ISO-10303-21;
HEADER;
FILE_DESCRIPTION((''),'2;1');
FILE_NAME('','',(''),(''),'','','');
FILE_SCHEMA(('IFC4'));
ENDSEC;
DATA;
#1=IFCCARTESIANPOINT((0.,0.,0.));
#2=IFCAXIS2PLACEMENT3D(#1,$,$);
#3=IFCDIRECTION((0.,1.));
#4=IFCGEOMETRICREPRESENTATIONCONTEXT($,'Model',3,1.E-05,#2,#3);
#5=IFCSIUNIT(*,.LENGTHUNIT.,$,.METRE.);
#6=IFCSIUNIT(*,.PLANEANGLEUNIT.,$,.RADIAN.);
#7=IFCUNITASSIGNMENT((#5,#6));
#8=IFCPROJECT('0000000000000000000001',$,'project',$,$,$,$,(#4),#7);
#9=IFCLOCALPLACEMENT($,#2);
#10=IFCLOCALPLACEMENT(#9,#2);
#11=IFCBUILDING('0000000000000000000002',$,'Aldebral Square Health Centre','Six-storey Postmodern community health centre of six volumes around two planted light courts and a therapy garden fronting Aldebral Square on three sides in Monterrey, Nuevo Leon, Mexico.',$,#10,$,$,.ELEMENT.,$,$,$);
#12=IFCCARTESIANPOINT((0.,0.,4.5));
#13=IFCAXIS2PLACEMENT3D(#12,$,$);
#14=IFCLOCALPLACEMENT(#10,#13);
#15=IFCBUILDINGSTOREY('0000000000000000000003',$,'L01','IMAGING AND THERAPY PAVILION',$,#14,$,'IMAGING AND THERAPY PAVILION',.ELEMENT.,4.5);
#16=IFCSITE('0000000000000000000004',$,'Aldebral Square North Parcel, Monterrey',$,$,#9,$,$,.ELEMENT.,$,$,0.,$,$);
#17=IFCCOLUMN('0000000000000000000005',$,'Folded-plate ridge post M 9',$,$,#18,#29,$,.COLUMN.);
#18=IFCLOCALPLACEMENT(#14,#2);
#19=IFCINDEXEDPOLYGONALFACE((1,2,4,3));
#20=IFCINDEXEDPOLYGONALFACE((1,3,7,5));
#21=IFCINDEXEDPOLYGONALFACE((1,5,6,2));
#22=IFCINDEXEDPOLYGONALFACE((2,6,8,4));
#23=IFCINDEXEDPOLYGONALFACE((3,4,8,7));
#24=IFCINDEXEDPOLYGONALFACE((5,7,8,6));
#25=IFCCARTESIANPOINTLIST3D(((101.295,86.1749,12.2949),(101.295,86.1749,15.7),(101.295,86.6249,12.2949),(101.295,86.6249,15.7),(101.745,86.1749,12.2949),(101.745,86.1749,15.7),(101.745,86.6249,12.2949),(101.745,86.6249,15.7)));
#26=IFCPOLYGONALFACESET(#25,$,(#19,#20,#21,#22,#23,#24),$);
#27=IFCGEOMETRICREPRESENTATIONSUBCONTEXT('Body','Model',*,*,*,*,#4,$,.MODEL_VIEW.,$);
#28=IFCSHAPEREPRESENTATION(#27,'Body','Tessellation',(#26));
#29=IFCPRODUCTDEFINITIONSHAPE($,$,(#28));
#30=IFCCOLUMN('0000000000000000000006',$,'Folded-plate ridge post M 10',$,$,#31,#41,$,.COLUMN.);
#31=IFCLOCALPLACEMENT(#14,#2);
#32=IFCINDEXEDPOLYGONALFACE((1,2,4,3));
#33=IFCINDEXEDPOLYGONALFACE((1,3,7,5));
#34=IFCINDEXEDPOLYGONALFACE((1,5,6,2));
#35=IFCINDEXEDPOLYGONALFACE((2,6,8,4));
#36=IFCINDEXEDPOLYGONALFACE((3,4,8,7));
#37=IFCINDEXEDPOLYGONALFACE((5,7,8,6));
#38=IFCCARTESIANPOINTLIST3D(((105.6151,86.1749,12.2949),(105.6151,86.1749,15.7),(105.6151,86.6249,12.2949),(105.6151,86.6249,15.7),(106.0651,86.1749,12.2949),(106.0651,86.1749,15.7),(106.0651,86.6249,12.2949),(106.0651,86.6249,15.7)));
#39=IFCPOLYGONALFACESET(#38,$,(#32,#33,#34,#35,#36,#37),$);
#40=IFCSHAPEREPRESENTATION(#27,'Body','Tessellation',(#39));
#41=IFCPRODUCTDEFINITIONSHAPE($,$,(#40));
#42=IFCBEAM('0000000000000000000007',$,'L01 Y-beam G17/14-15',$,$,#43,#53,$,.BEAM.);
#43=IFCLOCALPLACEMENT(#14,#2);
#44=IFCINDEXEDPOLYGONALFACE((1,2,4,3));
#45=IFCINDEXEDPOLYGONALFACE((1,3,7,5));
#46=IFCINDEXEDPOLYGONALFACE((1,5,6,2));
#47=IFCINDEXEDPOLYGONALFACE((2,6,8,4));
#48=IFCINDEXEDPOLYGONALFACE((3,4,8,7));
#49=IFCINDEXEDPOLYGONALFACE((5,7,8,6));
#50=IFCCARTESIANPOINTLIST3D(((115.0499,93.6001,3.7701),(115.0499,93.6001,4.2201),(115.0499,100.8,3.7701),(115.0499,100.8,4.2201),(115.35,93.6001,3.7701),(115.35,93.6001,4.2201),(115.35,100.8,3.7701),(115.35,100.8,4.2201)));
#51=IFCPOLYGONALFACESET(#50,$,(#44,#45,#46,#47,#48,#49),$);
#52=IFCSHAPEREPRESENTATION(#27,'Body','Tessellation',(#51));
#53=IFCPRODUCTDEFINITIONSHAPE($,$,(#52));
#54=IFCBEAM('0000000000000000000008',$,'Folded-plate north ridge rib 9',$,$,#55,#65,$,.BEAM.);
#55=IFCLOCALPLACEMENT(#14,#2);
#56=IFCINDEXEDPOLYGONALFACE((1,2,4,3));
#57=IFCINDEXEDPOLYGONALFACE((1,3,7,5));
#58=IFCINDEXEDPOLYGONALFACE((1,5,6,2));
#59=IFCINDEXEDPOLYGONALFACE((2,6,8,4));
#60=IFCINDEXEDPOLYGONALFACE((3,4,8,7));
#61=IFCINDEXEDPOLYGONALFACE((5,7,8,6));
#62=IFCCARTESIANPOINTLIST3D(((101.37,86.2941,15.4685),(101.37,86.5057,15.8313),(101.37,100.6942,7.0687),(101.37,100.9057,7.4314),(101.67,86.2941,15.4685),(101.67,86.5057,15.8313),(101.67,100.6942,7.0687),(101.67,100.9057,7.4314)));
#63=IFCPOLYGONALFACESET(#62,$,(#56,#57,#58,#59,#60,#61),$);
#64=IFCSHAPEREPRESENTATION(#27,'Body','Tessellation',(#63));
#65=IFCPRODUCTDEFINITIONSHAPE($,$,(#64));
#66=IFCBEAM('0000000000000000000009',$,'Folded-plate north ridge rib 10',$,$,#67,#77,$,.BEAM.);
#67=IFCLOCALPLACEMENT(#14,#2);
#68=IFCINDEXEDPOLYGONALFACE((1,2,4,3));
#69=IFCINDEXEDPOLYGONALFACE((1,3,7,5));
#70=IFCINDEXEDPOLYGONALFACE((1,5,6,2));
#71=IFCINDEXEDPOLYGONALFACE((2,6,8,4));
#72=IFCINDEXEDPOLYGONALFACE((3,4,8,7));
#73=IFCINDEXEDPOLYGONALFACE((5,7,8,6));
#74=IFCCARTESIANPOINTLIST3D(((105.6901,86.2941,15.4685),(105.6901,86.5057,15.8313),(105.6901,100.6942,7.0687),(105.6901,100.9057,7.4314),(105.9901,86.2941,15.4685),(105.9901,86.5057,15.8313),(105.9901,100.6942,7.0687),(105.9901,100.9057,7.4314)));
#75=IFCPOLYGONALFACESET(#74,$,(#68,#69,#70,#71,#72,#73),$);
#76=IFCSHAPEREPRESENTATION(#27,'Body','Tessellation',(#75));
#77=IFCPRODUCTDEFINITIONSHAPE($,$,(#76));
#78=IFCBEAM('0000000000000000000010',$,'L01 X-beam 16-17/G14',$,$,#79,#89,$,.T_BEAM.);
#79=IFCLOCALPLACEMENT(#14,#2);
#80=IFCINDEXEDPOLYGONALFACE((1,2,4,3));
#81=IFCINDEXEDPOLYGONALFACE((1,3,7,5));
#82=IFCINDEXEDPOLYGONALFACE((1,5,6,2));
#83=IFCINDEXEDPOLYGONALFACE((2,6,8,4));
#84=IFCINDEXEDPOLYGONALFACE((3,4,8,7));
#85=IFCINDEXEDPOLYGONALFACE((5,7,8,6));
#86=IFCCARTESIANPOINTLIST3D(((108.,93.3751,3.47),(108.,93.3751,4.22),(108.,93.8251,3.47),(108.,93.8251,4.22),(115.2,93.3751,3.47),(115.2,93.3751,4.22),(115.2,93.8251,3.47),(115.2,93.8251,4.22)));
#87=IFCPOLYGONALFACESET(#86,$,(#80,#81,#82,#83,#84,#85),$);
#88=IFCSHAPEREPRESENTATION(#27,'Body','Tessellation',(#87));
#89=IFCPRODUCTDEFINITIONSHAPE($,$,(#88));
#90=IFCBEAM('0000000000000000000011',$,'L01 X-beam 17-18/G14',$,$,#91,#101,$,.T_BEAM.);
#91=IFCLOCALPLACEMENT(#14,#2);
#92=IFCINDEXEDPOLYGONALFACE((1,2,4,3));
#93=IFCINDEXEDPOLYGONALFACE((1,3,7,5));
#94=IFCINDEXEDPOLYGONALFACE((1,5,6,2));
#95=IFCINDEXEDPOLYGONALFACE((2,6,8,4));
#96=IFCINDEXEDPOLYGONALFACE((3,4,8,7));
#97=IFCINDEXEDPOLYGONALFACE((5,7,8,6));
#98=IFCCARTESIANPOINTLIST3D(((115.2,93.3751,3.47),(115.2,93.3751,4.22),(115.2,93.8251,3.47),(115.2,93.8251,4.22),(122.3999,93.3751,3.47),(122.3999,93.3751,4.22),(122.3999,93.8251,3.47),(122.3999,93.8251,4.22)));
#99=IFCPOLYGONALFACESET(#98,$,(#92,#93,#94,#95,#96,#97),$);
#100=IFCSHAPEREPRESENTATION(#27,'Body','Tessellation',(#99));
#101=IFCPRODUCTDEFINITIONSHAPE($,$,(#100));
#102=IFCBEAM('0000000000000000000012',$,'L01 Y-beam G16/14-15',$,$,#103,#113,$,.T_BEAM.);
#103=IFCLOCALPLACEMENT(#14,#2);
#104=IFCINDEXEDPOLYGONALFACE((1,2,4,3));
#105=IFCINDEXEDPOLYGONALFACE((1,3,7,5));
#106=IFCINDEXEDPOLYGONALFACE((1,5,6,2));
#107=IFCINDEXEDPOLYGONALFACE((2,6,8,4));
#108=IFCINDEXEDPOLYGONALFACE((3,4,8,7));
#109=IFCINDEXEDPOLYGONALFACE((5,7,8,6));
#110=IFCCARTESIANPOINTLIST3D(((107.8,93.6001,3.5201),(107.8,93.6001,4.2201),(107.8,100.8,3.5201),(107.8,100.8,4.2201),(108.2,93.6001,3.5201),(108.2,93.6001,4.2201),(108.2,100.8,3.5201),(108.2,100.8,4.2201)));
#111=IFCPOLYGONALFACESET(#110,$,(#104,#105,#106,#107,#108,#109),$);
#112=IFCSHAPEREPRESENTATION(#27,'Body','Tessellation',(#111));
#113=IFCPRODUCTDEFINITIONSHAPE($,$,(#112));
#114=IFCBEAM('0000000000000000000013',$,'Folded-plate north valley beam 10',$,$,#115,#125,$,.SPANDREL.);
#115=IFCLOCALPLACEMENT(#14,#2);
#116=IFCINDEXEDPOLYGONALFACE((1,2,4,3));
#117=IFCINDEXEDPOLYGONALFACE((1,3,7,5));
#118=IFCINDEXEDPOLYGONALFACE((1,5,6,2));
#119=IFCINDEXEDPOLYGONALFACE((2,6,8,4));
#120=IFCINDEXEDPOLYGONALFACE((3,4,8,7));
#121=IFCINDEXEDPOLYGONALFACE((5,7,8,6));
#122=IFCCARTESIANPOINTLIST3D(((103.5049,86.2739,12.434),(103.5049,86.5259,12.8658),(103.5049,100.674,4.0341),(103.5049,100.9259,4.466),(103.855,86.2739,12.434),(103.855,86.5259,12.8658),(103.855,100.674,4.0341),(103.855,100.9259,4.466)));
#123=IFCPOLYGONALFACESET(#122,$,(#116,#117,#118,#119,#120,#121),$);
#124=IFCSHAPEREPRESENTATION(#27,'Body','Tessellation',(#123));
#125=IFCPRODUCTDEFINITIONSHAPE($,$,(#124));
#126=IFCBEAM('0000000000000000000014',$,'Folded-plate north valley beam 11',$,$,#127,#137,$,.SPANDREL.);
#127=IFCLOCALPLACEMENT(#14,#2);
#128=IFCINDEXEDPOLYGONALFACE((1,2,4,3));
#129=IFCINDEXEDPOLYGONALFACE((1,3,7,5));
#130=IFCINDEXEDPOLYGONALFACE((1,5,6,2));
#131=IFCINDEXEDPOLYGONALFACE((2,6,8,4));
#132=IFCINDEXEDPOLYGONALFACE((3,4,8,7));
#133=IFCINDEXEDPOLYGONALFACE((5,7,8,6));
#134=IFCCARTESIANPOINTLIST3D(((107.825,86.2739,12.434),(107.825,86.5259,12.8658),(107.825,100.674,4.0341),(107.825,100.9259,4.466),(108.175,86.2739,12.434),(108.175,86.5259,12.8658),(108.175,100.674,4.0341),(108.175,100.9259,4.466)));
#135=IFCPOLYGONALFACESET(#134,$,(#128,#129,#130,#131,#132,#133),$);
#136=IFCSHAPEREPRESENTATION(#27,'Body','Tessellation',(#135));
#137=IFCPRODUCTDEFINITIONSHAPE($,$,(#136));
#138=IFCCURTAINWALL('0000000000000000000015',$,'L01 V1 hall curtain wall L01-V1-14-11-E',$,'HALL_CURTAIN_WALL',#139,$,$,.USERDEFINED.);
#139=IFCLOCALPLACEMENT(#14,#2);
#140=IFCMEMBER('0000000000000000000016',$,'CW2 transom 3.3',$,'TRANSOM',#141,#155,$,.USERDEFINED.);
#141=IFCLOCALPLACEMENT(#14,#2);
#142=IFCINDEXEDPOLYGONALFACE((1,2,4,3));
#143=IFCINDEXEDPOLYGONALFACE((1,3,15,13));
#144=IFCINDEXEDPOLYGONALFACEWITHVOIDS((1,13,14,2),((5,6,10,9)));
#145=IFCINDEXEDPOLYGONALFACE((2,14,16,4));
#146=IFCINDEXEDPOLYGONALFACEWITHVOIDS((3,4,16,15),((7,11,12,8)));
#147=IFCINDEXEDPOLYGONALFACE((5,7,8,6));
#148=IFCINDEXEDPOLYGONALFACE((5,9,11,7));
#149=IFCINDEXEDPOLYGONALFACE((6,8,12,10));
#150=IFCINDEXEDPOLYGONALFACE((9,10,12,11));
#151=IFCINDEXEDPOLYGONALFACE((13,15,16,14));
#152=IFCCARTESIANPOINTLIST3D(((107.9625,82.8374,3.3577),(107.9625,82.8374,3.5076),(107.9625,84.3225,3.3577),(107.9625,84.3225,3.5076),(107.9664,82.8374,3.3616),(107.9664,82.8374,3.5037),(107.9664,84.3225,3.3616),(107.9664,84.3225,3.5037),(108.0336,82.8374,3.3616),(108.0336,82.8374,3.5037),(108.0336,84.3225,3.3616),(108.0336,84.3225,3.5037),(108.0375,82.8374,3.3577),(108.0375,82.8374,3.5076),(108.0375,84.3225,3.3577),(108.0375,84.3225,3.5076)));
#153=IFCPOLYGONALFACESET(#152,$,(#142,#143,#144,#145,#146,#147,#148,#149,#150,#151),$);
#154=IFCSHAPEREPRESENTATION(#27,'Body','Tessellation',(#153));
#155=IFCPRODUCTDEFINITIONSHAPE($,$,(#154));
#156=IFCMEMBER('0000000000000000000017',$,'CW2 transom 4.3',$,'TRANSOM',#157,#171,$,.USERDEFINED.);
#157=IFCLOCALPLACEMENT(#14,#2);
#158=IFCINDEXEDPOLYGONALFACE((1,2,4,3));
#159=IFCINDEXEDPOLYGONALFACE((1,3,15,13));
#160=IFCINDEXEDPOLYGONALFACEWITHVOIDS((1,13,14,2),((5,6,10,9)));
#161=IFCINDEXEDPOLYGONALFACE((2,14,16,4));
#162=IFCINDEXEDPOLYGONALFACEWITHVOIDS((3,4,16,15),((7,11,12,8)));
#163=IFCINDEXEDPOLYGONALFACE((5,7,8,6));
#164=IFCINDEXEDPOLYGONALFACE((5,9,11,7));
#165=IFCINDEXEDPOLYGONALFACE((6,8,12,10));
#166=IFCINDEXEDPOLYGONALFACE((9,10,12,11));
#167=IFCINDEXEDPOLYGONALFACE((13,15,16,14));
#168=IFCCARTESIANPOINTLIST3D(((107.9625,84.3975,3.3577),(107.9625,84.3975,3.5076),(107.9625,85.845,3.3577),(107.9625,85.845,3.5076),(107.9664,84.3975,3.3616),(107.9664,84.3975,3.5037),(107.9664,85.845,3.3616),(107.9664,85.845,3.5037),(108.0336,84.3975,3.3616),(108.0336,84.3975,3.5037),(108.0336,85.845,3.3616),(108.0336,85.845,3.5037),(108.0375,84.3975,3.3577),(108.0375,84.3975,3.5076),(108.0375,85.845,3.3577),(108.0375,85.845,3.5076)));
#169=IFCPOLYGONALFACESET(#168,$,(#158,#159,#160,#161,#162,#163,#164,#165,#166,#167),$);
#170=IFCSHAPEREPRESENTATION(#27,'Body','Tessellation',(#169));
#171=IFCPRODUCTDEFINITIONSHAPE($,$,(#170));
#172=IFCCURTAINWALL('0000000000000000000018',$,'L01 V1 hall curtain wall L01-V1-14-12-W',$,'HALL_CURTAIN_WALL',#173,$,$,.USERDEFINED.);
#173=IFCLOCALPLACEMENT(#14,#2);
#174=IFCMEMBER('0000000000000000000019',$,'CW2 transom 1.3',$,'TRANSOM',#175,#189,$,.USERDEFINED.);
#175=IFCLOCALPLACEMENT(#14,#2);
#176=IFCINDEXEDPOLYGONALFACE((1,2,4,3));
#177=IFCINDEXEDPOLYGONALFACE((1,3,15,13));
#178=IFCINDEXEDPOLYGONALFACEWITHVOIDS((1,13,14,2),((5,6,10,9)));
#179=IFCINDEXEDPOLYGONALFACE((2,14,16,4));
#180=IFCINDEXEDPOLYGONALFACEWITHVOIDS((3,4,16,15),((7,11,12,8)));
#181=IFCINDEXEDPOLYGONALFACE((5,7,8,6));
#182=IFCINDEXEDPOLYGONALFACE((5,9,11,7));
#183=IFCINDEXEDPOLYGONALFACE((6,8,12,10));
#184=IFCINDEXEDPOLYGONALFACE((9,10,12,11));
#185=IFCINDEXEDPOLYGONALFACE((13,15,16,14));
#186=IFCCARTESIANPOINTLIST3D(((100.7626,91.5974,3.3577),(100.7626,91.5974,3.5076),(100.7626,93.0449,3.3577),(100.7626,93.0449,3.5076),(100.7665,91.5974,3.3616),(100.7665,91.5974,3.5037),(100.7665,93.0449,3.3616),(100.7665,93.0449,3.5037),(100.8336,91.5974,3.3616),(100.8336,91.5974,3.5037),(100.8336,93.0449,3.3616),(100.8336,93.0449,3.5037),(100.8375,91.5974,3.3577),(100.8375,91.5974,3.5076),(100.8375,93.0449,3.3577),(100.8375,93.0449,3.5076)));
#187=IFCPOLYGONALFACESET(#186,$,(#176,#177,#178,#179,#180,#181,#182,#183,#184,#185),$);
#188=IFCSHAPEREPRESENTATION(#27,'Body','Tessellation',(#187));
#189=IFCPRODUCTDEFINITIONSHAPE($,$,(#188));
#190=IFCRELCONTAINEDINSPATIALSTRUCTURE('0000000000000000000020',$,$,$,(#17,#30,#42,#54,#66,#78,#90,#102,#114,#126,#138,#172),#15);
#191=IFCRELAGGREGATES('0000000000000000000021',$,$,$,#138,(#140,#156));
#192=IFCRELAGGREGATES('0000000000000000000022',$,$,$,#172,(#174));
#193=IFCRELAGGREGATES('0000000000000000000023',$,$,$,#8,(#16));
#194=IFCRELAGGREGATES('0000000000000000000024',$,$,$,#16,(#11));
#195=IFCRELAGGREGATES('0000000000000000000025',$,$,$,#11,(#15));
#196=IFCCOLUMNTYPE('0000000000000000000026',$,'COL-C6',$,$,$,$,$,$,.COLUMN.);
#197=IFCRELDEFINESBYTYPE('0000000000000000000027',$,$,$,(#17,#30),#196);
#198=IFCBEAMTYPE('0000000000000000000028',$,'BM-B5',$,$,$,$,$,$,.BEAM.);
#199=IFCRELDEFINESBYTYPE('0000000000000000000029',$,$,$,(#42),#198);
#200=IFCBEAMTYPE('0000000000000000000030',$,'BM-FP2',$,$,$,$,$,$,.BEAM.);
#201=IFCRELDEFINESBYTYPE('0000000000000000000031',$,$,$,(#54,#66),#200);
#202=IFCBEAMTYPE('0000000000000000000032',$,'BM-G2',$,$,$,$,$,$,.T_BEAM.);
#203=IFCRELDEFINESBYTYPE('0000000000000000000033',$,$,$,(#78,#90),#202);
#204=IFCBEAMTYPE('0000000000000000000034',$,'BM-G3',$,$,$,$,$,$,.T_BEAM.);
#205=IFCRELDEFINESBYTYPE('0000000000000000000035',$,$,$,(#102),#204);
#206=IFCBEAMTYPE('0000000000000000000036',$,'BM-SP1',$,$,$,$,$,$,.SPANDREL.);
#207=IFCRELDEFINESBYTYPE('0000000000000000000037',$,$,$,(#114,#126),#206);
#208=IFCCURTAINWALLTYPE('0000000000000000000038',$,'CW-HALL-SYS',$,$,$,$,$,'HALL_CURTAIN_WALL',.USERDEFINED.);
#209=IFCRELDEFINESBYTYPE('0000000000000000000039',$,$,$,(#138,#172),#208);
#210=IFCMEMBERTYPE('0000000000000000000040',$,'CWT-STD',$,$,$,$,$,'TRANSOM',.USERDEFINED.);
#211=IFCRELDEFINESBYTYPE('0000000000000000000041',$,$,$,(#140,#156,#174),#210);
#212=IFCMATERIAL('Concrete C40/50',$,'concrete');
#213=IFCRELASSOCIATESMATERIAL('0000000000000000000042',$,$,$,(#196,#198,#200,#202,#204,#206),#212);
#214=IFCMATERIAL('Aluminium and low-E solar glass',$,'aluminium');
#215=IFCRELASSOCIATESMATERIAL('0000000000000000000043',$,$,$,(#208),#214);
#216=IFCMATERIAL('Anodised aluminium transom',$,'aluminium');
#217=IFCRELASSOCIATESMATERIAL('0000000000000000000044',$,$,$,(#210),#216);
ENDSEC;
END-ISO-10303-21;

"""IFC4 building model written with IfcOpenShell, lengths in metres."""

from ifc_helpers import new_model, si_unit, direction, frame, origin, origin_2d, place, context, subcontext, project, spatial, rectangle, hollow_rectangle, extrude, material, material_profile, profile_set, type_object, element, aggregate, save


model = new_model("IFC4")

# Units and contexts
model_context = context("Model", 3, precision=1e-05, world=origin(), true_north=direction((0.0, 1.0)))
body_context = subcontext(model_context, "Body", "Model", "MODEL_VIEW")
ifc_project = project(units=[si_unit("LENGTHUNIT", "METRE"), si_unit("PLANEANGLEUNIT", "RADIAN")], contexts=[model_context])

# Site, building, storey
site_placement = place(None, origin())
site = spatial("IfcSite", under=ifc_project, at=site_placement, Name="Aldebral Square North Parcel, Monterrey", CompositionType="ELEMENT", RefElevation=0.0)
building_placement = place(site_placement, origin())
building = spatial("IfcBuilding", under=site, at=building_placement, Name="Aldebral Square Health Centre", Description="Six-storey Postmodern community health centre of six volumes around two planted light courts and a therapy garden fronting Aldebral Square on three sides in Monterrey, Nuevo Leon, Mexico.", CompositionType="ELEMENT")
storey_placement = place(building_placement, frame((0.0, 0.0, 4.5)))
storey = spatial("IfcBuildingStorey", under=building, at=storey_placement, Name="L01", Description="IMAGING AND THERAPY PAVILION", LongName="IMAGING AND THERAPY PAVILION", CompositionType="ELEMENT", Elevation=4.5)

# Columns
ifc_material_1 = material(Name="Concrete C40/50", Category="concrete")
ifc_material_profile_1 = material_profile(ifc_material_1, rectangle(XDim=0.45, YDim=0.45, at=origin_2d()), Name="RC 450x450")
ifc_profile_set_1 = profile_set([ifc_material_profile_1], Name="Concrete C40/50")
column_type = type_object("IfcColumnType", Name="COL-C6", PredefinedType="COLUMN", material=ifc_profile_set_1)
for number, where, z_axis, x_axis, name in (
    (1, (101.52, 86.3999, 12.2949), (0.0, 0.0, 1.0), (1.0, 0.0, 0.0), "Folded-plate ridge post M 9"),
    (2, (105.8401, 86.3999, 12.2949), (0.0, 0.0, 1.0), (1.0, 0.0, 0.0), "Folded-plate ridge post M 10"),
):
    element("IfcColumn", number, at=place(storey_placement, frame(where, z_axis=z_axis, x_axis=x_axis)), inside=storey, type_object=column_type, Name=name, PredefinedType="COLUMN", context=body_context, shape_type="SweptSolid", body=[
        extrude(rectangle(XDim=0.45, YDim=0.45, at=origin_2d()), origin(), (0.0, 0.0, 1.0), 3.405),
    ])

# Beams
ifc_material_profile_2 = material_profile(ifc_material_1, rectangle(XDim=0.3, YDim=0.45, at=origin_2d()), Name="RC 300x450")
ifc_profile_set_2 = profile_set([ifc_material_profile_2], Name="Concrete C40/50")
beam_type_1 = type_object("IfcBeamType", Name="BM-B5", PredefinedType="BEAM", material=ifc_profile_set_2)
beam_1_placement = place(storey_placement, frame((115.2, 93.6001, 3.9951), z_axis=(0.0, 1.0, 0.0), x_axis=(-1.0, 0.0, 0.0)))
element("IfcBeam", 3, at=beam_1_placement, inside=storey, type_object=beam_type_1, Name="L01 Y-beam G17/14-15", PredefinedType="BEAM", context=body_context, shape_type="SweptSolid", body=[
    extrude(rectangle(XDim=0.3, YDim=0.45, at=origin_2d()), origin(), (0.0, 0.0, 1.0), 7.2),
])
ifc_material_profile_3 = material_profile(ifc_material_1, rectangle(XDim=0.3, YDim=0.4199, at=origin_2d()), Name="RC 300x420")
ifc_profile_set_3 = profile_set([ifc_material_profile_3], Name="Concrete C40/50")
beam_type_2 = type_object("IfcBeamType", Name="BM-FP2", PredefinedType="BEAM", material=ifc_profile_set_3)
for number, where, z_axis, x_axis, name in (
    (4, (101.52, 86.3999, 15.6499), (0.0, 0.863784, -0.503863), (-1.0, 0.0, 0.0), "Folded-plate north ridge rib 9"),
    (5, (105.8401, 86.3999, 15.6499), (0.0, 0.863784, -0.503863), (-1.0, 0.0, 0.0), "Folded-plate north ridge rib 10"),
):
    element("IfcBeam", number, at=place(storey_placement, frame(where, z_axis=z_axis, x_axis=x_axis)), inside=storey, type_object=beam_type_2, Name=name, PredefinedType="BEAM", context=body_context, shape_type="SweptSolid", body=[
        extrude(rectangle(XDim=0.3, YDim=0.4199, at=origin_2d()), origin(), (0.0, 0.0, 1.0), 16.6709),
    ])
ifc_material_profile_4 = material_profile(ifc_material_1, rectangle(XDim=0.45, YDim=0.75, at=origin_2d()), Name="RC 450x750")
ifc_profile_set_4 = profile_set([ifc_material_profile_4], Name="Concrete C40/50")
beam_type_3 = type_object("IfcBeamType", Name="BM-G2", PredefinedType="T_BEAM", material=ifc_profile_set_4)
for number, where, z_axis, x_axis, name in (
    (6, (108.0, 93.6001, 3.845), (1.0, 0.0, 0.0), (0.0, 1.0, 0.0), "L01 X-beam 16-17/G14"),
    (7, (115.2, 93.6001, 3.845), (1.0, 0.0, 0.0), (0.0, 1.0, 0.0), "L01 X-beam 17-18/G14"),
):
    element("IfcBeam", number, at=place(storey_placement, frame(where, z_axis=z_axis, x_axis=x_axis)), inside=storey, type_object=beam_type_3, Name=name, PredefinedType="T_BEAM", context=body_context, shape_type="SweptSolid", body=[
        extrude(rectangle(XDim=0.45, YDim=0.75, at=origin_2d()), origin(), (0.0, 0.0, 1.0), 7.2),
    ])
ifc_material_profile_5 = material_profile(ifc_material_1, rectangle(XDim=0.3999, YDim=0.7, at=origin_2d()), Name="RC 400x700")
ifc_profile_set_5 = profile_set([ifc_material_profile_5], Name="Concrete C40/50")
beam_type_4 = type_object("IfcBeamType", Name="BM-G3", PredefinedType="T_BEAM", material=ifc_profile_set_5)
beam_2_placement = place(storey_placement, frame((108.0, 93.6001, 3.8701), z_axis=(0.0, 1.0, 0.0), x_axis=(-1.0, 0.0, 0.0)))
element("IfcBeam", 8, at=beam_2_placement, inside=storey, type_object=beam_type_4, Name="L01 Y-beam G16/14-15", PredefinedType="T_BEAM", context=body_context, shape_type="SweptSolid", body=[
    extrude(rectangle(XDim=0.3999, YDim=0.7, at=origin_2d()), origin(), (0.0, 0.0, 1.0), 7.2),
])
ifc_material_profile_6 = material_profile(ifc_material_1, rectangle(XDim=0.3501, YDim=0.5, at=origin_2d()), Name="RC 350x500")
ifc_profile_set_6 = profile_set([ifc_material_profile_6], Name="Concrete C40/50")
beam_type_5 = type_object("IfcBeamType", Name="BM-SP1", PredefinedType="SPANDREL", material=ifc_profile_set_6)
for number, where, z_axis, x_axis, name in (
    (9, (103.6799, 86.3999, 12.6499), (0.0, 0.863784, -0.503863), (-1.0, 0.0, 0.0), "Folded-plate north valley beam 10"),
    (10, (108.0, 86.3999, 12.6499), (0.0, 0.863784, -0.503863), (-1.0, 0.0, 0.0), "Folded-plate north valley beam 11"),
):
    element("IfcBeam", number, at=place(storey_placement, frame(where, z_axis=z_axis, x_axis=x_axis)), inside=storey, type_object=beam_type_5, Name=name, PredefinedType="SPANDREL", context=body_context, shape_type="SweptSolid", body=[
        extrude(rectangle(XDim=0.3501, YDim=0.5, at=origin_2d()), origin(), (0.0, 0.0, 1.0), 16.6709),
    ])

# Curtain wall, members
ifc_material_2 = material(Name="Aluminium and low-E solar glass", Category="aluminium")
curtain_wall_type = type_object("IfcCurtainWallType", Name="CW-HALL-SYS", ElementType="HALL_CURTAIN_WALL", PredefinedType="USERDEFINED", material=ifc_material_2)
curtain_wall_1_placement = place(storey_placement, origin())
curtain_wall_1 = element("IfcCurtainWall", 11, at=curtain_wall_1_placement, inside=storey, type_object=curtain_wall_type, Name="L01 V1 hall curtain wall L01-V1-14-11-E", ObjectType="HALL_CURTAIN_WALL", PredefinedType="USERDEFINED")
ifc_material_3 = material(Name="Anodised aluminium transom", Category="aluminium")
ifc_material_profile_7 = material_profile(ifc_material_3, hollow_rectangle(XDim=0.075, YDim=0.1499, WallThickness=0.0039, at=origin_2d()), Name="CWT 75x150x4")
ifc_profile_set_7 = profile_set([ifc_material_profile_7], Name="Anodised aluminium transom")
member_type = type_object("IfcMemberType", Name="CWT-STD", ElementType="TRANSOM", PredefinedType="USERDEFINED", material=ifc_profile_set_7)
member_1_placement = place(storey_placement, frame((108.0, 82.8374, 3.4326), z_axis=(0.0, 1.0, 0.0), x_axis=(-1.0, 0.0, 0.0)))
member_1 = element("IfcMember", 12, at=member_1_placement, type_object=member_type, Name="CW2 transom 3.3", ObjectType="TRANSOM", PredefinedType="USERDEFINED", context=body_context, shape_type="SweptSolid", body=[
    extrude(hollow_rectangle(XDim=0.075, YDim=0.1499, WallThickness=0.0039, at=origin_2d()), origin(), (0.0, 0.0, 1.0), 1.4851),
])
member_2_placement = place(storey_placement, frame((108.0, 84.3975, 3.4326), z_axis=(0.0, 1.0, 0.0), x_axis=(-1.0, 0.0, 0.0)))
member_2 = element("IfcMember", 13, at=member_2_placement, type_object=member_type, Name="CW2 transom 4.3", ObjectType="TRANSOM", PredefinedType="USERDEFINED", context=body_context, shape_type="SweptSolid", body=[
    extrude(hollow_rectangle(XDim=0.075, YDim=0.1499, WallThickness=0.0039, at=origin_2d()), origin(), (0.0, 0.0, 1.0), 1.4475),
])
aggregate(curtain_wall_1, [member_1, member_2])

# Curtain wall, member
curtain_wall_2_placement = place(storey_placement, origin())
curtain_wall_2 = element("IfcCurtainWall", 14, at=curtain_wall_2_placement, inside=storey, type_object=curtain_wall_type, Name="L01 V1 hall curtain wall L01-V1-14-12-W", ObjectType="HALL_CURTAIN_WALL", PredefinedType="USERDEFINED")
member_3_placement = place(storey_placement, frame((100.8, 93.0449, 3.4326), z_axis=(0.0, -1.0, 0.0), x_axis=(1.0, 0.0, 0.0)))
member_3 = element("IfcMember", 15, at=member_3_placement, type_object=member_type, Name="CW2 transom 1.3", ObjectType="TRANSOM", PredefinedType="USERDEFINED", context=body_context, shape_type="SweptSolid", body=[
    extrude(hollow_rectangle(XDim=0.075, YDim=0.1499, WallThickness=0.0039, at=origin_2d()), origin(), (0.0, 0.0, 1.0), 1.4475),
])
aggregate(curtain_wall_2, [member_3])

save(model, "model.ifc")
